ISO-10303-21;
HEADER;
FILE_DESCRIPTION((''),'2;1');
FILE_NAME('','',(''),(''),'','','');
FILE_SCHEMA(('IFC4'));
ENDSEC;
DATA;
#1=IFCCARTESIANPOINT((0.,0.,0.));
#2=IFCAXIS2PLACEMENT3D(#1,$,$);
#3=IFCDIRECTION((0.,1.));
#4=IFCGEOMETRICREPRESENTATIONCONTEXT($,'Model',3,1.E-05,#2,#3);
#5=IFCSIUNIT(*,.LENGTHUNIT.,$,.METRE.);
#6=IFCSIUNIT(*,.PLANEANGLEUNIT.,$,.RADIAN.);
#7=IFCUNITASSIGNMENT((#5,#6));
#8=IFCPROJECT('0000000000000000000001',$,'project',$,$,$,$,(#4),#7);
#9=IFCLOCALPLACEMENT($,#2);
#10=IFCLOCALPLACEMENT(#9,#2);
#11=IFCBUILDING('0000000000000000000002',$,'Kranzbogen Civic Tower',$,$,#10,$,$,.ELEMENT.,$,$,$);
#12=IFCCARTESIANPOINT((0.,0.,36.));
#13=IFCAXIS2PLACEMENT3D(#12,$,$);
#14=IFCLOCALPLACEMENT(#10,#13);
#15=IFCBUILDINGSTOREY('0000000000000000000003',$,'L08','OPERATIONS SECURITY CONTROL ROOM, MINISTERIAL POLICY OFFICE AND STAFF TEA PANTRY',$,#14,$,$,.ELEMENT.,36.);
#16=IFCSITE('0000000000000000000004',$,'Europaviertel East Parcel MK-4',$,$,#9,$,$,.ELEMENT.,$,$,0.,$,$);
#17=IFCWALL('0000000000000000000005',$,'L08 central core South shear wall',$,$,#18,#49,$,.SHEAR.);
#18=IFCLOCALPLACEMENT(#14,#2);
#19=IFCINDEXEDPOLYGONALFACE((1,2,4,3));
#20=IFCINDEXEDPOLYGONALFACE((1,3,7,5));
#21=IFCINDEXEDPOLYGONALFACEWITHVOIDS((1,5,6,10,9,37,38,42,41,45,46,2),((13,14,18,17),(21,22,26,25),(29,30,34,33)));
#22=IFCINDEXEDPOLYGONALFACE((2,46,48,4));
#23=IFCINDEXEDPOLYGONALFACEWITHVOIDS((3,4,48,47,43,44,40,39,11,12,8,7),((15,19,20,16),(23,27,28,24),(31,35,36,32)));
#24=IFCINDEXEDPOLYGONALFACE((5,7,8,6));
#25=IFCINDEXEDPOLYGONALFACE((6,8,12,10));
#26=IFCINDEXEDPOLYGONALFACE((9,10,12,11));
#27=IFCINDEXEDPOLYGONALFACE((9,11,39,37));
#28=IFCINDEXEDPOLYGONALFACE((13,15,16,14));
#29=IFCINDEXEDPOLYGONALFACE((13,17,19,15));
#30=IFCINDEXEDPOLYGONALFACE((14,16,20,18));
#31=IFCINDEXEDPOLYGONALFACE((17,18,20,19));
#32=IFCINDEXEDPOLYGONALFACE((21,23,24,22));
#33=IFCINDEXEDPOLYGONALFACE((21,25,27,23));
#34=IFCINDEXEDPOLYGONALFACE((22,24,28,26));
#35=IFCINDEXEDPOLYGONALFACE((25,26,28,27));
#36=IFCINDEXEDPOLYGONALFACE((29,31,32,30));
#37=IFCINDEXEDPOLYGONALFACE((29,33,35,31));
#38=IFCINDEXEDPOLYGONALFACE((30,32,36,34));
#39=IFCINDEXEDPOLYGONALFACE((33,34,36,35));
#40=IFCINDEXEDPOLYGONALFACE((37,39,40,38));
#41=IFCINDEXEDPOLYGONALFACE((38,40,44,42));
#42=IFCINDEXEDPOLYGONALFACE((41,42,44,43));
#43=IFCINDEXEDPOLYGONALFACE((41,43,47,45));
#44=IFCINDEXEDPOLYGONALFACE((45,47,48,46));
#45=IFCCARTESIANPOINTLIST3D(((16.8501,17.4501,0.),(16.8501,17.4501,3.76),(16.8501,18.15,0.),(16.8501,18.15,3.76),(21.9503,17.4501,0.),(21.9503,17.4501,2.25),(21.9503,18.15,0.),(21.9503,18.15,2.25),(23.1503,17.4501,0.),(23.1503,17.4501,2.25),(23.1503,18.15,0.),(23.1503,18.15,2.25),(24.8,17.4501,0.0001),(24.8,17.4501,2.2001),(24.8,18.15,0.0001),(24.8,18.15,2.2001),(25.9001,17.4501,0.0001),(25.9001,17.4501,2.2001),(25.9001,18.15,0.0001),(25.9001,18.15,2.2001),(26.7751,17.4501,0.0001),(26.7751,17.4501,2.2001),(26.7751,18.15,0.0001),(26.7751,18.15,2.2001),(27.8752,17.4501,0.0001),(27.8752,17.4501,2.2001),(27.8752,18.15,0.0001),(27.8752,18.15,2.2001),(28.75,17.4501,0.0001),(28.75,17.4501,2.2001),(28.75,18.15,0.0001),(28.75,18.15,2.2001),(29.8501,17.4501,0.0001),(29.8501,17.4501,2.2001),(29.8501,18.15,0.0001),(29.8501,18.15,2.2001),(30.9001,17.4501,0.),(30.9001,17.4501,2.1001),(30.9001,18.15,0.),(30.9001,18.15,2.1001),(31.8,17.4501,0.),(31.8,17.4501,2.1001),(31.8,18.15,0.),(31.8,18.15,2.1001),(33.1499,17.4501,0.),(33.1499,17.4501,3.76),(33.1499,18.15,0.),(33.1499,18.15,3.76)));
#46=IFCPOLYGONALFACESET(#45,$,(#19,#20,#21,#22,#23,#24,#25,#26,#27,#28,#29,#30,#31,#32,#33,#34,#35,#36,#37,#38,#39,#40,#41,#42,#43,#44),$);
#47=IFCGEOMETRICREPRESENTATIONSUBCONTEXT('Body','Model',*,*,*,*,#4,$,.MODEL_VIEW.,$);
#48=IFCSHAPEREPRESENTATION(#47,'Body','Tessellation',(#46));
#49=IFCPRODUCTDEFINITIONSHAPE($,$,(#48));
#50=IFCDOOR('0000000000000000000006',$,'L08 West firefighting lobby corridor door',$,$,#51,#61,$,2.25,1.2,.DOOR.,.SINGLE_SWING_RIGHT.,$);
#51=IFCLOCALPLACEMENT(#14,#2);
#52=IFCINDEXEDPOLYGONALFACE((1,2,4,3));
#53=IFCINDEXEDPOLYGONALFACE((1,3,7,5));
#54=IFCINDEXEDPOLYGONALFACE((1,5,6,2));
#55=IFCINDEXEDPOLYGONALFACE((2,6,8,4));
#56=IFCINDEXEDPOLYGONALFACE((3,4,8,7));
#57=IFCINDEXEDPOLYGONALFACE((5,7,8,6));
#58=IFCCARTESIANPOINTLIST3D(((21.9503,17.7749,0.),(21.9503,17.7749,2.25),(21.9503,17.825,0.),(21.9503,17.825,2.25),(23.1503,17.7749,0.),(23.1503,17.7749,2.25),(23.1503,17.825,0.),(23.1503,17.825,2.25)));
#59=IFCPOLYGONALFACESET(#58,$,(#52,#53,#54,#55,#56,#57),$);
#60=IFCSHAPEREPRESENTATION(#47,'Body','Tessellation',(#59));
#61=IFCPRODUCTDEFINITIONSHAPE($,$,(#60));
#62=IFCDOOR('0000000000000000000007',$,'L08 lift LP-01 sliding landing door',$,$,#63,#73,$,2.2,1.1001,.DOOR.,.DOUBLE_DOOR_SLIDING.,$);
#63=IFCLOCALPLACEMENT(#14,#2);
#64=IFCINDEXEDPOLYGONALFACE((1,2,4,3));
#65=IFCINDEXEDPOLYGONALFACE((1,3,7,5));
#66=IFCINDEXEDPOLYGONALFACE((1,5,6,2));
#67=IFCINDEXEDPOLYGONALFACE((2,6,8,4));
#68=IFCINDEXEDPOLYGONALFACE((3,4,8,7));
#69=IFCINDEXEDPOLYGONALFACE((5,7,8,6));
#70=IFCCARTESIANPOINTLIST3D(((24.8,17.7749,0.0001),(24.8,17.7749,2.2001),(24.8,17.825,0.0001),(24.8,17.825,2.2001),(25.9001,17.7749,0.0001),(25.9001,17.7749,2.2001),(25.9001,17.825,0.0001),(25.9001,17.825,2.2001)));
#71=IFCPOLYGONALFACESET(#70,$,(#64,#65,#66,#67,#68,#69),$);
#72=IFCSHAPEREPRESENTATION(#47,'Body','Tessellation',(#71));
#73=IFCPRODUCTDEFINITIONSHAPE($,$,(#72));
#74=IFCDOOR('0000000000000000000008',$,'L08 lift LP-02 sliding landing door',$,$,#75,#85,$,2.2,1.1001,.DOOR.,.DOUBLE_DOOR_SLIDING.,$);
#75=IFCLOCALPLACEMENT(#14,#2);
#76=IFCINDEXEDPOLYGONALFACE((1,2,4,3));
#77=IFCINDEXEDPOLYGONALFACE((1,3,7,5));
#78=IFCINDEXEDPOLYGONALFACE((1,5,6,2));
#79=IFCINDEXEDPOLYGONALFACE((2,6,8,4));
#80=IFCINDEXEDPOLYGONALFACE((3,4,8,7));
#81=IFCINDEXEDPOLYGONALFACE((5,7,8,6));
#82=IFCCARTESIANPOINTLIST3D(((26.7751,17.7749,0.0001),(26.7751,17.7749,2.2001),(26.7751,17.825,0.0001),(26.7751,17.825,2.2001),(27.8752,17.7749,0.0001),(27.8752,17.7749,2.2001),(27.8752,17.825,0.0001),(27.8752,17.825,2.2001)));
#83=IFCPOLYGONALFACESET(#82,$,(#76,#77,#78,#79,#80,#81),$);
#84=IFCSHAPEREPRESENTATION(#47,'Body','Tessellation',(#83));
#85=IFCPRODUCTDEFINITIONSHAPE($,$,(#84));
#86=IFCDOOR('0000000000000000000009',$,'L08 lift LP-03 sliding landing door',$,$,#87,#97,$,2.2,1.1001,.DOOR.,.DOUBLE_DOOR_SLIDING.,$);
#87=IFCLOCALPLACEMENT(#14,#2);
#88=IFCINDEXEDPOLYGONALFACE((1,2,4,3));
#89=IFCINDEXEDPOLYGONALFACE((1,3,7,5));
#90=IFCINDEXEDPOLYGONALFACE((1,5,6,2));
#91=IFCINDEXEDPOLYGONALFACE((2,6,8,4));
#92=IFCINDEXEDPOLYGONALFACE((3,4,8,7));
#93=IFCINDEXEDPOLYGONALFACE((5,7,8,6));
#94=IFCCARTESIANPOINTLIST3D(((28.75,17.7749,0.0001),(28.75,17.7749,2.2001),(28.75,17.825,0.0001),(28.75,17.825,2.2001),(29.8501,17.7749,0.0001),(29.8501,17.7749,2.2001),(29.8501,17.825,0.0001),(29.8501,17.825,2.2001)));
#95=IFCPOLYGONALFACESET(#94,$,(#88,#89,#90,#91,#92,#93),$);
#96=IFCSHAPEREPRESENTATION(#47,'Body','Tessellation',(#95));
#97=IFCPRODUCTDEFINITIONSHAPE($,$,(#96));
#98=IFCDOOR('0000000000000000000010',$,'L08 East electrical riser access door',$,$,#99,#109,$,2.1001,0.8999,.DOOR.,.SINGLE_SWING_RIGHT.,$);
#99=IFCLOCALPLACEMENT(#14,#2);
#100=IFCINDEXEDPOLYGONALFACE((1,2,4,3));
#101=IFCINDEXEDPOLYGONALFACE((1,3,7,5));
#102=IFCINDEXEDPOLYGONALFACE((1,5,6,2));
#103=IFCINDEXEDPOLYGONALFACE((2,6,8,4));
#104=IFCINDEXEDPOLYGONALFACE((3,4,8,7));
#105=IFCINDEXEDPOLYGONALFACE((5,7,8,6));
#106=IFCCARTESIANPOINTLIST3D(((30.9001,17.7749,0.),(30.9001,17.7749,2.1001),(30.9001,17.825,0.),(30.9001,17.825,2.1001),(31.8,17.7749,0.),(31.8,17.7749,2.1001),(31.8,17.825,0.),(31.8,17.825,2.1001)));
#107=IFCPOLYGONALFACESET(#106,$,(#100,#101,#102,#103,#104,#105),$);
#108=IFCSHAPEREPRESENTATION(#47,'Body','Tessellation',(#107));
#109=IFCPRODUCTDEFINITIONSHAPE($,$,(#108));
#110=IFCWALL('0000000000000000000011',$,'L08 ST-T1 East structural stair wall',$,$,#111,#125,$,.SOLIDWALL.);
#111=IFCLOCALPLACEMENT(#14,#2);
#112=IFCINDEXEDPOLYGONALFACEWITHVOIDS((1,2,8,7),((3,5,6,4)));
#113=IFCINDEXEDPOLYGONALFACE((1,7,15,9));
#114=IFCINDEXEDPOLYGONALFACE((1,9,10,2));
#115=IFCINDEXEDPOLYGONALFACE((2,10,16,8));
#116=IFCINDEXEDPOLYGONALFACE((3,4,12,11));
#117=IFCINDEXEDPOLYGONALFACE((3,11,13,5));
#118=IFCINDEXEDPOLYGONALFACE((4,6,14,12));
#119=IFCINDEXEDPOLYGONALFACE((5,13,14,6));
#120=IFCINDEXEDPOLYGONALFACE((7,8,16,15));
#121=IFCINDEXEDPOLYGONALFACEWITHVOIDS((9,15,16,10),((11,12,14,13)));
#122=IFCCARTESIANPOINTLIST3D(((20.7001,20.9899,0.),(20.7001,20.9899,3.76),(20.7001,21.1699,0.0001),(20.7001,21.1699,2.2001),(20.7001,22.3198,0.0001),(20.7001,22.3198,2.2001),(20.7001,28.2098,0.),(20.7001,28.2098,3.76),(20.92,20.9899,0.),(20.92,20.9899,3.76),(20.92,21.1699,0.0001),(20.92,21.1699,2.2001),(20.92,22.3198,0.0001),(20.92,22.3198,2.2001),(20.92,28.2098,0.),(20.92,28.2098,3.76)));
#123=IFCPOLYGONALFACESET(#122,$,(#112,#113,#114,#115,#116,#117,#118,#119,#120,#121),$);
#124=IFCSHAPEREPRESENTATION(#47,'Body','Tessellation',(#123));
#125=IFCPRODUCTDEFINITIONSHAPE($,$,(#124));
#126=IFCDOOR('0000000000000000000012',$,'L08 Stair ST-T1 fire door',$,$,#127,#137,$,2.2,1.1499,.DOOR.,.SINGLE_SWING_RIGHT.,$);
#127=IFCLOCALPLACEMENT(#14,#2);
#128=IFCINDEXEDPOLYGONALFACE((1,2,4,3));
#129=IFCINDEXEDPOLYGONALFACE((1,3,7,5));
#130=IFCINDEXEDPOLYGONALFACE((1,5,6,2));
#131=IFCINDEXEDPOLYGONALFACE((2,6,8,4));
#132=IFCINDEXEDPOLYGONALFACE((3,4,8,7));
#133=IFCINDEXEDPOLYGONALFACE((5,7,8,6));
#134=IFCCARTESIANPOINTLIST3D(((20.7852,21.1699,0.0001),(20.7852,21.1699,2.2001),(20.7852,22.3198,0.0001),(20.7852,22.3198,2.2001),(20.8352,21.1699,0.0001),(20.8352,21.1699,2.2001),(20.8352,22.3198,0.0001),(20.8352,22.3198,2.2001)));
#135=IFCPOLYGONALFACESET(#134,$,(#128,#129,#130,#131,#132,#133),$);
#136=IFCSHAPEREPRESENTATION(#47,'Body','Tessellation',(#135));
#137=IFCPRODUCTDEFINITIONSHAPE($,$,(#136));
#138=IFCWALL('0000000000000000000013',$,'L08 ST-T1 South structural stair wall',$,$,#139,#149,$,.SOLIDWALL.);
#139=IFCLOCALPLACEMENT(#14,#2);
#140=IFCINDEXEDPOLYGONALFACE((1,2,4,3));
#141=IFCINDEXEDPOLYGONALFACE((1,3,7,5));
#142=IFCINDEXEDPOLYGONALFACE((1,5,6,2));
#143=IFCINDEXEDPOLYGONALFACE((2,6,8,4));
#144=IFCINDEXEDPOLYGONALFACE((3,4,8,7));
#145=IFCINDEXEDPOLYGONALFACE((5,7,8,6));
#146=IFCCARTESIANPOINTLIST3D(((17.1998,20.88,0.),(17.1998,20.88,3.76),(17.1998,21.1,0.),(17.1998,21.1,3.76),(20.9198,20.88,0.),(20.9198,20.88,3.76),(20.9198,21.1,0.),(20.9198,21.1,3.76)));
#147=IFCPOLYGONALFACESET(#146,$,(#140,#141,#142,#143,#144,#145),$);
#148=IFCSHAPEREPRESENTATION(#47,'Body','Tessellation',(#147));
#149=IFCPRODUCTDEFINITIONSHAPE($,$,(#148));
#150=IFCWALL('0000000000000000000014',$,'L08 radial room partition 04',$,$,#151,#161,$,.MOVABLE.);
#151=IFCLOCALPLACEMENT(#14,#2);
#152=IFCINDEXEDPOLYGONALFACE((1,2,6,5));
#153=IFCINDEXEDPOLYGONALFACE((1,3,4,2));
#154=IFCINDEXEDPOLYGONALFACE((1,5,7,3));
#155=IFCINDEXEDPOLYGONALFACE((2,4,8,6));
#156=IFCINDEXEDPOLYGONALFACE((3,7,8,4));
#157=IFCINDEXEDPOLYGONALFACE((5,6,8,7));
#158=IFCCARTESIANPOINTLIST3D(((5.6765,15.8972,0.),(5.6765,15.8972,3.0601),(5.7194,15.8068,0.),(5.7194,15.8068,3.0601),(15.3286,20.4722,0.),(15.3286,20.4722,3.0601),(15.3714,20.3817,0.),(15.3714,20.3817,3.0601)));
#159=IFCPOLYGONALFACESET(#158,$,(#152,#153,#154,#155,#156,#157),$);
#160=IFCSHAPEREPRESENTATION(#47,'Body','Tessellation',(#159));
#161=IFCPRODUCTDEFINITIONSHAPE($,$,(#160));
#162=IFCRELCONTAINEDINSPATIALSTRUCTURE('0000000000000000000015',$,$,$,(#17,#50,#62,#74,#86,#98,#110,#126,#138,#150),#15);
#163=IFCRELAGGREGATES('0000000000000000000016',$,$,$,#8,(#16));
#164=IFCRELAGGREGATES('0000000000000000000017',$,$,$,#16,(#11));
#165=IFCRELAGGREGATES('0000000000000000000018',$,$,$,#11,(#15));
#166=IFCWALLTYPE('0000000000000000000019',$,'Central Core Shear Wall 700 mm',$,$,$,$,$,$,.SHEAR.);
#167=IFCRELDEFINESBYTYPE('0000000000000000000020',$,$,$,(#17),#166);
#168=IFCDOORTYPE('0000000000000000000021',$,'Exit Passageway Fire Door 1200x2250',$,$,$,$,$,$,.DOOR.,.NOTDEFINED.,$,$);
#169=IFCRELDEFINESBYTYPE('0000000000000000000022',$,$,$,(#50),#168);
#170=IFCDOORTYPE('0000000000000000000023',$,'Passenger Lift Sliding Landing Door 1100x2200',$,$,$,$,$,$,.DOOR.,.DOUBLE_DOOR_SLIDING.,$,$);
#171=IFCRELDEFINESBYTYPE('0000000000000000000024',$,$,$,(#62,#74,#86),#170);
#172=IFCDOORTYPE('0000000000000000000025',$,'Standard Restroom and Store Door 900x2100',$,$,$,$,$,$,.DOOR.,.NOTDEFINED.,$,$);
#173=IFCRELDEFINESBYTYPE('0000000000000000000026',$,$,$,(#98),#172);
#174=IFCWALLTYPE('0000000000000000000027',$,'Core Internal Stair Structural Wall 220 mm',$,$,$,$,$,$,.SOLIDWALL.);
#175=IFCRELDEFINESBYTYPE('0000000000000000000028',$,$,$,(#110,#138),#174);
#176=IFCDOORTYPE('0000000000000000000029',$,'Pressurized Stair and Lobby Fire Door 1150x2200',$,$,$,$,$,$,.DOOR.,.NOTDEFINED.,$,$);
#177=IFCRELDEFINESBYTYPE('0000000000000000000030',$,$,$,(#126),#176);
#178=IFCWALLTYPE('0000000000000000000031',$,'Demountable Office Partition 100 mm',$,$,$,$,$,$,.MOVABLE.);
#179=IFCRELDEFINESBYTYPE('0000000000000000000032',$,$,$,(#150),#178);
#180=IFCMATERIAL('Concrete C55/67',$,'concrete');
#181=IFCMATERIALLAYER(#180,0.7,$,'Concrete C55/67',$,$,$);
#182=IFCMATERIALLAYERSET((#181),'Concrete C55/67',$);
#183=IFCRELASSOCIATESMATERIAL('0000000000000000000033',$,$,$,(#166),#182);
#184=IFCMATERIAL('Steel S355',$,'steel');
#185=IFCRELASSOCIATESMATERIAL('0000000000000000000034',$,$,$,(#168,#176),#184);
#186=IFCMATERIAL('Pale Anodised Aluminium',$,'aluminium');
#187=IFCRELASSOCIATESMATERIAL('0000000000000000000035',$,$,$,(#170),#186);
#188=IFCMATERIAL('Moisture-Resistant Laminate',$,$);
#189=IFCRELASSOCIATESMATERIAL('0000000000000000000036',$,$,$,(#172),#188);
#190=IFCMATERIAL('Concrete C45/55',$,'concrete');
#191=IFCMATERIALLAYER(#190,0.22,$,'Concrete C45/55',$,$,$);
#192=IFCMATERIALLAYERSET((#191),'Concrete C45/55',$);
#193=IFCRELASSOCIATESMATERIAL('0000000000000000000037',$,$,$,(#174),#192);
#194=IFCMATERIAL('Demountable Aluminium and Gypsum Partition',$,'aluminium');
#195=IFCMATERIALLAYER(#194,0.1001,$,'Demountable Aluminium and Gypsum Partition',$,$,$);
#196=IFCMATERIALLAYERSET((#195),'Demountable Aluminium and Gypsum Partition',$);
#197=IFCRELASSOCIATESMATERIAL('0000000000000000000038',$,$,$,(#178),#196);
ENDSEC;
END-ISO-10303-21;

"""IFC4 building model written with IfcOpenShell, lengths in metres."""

from ifc_helpers import new_model, si_unit, direction, frame, frame_2d, origin, place, context, subcontext, project, spatial, rectangle, extrude, material, layer, layer_set, type_object, element, fill, save


model = new_model("IFC4")

# Units and contexts
model_context = context("Model", 3, precision=1e-05, world=origin(), true_north=direction((0.0, 1.0)))
body_context = subcontext(model_context, "Body", "Model", "MODEL_VIEW")
ifc_project = project(units=[si_unit("LENGTHUNIT", "METRE"), si_unit("PLANEANGLEUNIT", "RADIAN")], contexts=[model_context])

# Site, building, storey
site_placement = place(None, origin())
site = spatial("IfcSite", under=ifc_project, at=site_placement, Name="Europaviertel East Parcel MK-4", CompositionType="ELEMENT", RefElevation=0.0)
building_placement = place(site_placement, origin())
building = spatial("IfcBuilding", under=site, at=building_placement, Name="Kranzbogen Civic Tower", CompositionType="ELEMENT")
storey_placement = place(building_placement, frame((0.0, 0.0, 36.0)))
storey = spatial("IfcBuildingStorey", under=building, at=storey_placement, Name="L08", Description="OPERATIONS SECURITY CONTROL ROOM, MINISTERIAL POLICY OFFICE AND STAFF TEA PANTRY", CompositionType="ELEMENT", Elevation=36.0)

# Shared definitions
ifc_material_1 = material(Name="Steel S355", Category="steel")

# Wall, openings, doors
ifc_material_2 = material(Name="Concrete C55/67", Category="concrete")
ifc_layer_1 = layer(ifc_material_2, 0.7, Name="Concrete C55/67")
ifc_layer_set_1 = layer_set([ifc_layer_1], Name="Concrete C55/67")
wall_type_1 = type_object("IfcWallType", Name="Central Core Shear Wall 700 mm", PredefinedType="SHEAR", material=ifc_layer_set_1)
wall_1_placement = place(storey_placement, frame((16.8501, 17.8, 0.0), z_axis=(0.0, 0.0, 1.0), x_axis=(1.0, 0.0, 0.0)))
wall_1 = element("IfcWall", 1, at=wall_1_placement, inside=storey, type_object=wall_type_1, Name="L08 central core South shear wall", PredefinedType="SHEAR", context=body_context, shape_type="SweptSolid", body=[
    extrude(rectangle(XDim=16.2998, YDim=0.7, at=frame_2d((8.1499, 0.0))), origin(), (0.0, 0.0, 1.0), 3.76),
])
opening_1_placement = place(wall_1_placement, frame((5.1001, 0.0, 0.0)))
opening_1 = element("IfcOpeningElement", 2, at=opening_1_placement, cuts=wall_1, PredefinedType="OPENING", context=body_context, shape_type="SweptSolid", body=[
    extrude(rectangle(XDim=1.2, YDim=2.25, at=frame_2d((0.6001, 1.125))), frame((0.0, 0.3599, 0.0), z_axis=(0.0, -1.0, 0.0), x_axis=(1.0, 0.0, 0.0)), (0.0, 0.0, 1.0), 0.72),
])
opening_2_placement = place(wall_1_placement, frame((14.05, 0.0, 0.0)))
opening_2 = element("IfcOpeningElement", 3, at=opening_2_placement, cuts=wall_1, PredefinedType="OPENING", context=body_context, shape_type="SweptSolid", body=[
    extrude(rectangle(XDim=0.8999, YDim=2.1001, at=frame_2d((0.45, 1.05))), frame((0.0, 0.3599, 0.0), z_axis=(0.0, -1.0, 0.0), x_axis=(1.0, 0.0, 0.0)), (0.0, 0.0, 1.0), 0.72),
])
opening_3_placement = place(wall_1_placement, frame((7.95, 0.0, 0.0)))
opening_3 = element("IfcOpeningElement", 4, at=opening_3_placement, cuts=wall_1, PredefinedType="OPENING", context=body_context, shape_type="SweptSolid", body=[
    extrude(rectangle(XDim=1.1001, YDim=2.2, at=frame_2d((0.55, 1.1001))), frame((0.0, 0.3599, 0.0), z_axis=(0.0, -1.0, 0.0), x_axis=(1.0, 0.0, 0.0)), (0.0, 0.0, 1.0), 0.72),
])
opening_4_placement = place(wall_1_placement, frame((9.925, 0.0, 0.0)))
opening_4 = element("IfcOpeningElement", 5, at=opening_4_placement, cuts=wall_1, PredefinedType="OPENING", context=body_context, shape_type="SweptSolid", body=[
    extrude(rectangle(XDim=1.1001, YDim=2.2, at=frame_2d((0.55, 1.1001))), frame((0.0, 0.3599, 0.0), z_axis=(0.0, -1.0, 0.0), x_axis=(1.0, 0.0, 0.0)), (0.0, 0.0, 1.0), 0.72),
])
opening_5_placement = place(wall_1_placement, frame((11.8999, 0.0, 0.0)))
opening_5 = element("IfcOpeningElement", 6, at=opening_5_placement, cuts=wall_1, PredefinedType="OPENING", context=body_context, shape_type="SweptSolid", body=[
    extrude(rectangle(XDim=1.1001, YDim=2.2, at=frame_2d((0.55, 1.1001))), frame((0.0, 0.3599, 0.0), z_axis=(0.0, -1.0, 0.0), x_axis=(1.0, 0.0, 0.0)), (0.0, 0.0, 1.0), 0.72),
])
door_type_1 = type_object("IfcDoorType", Name="Exit Passageway Fire Door 1200x2250", OperationType="NOTDEFINED", PredefinedType="DOOR", material=ifc_material_1)
door_1_placement = place(opening_1_placement, origin())
door_1 = element("IfcDoor", 7, at=door_1_placement, inside=storey, type_object=door_type_1, Name="L08 West firefighting lobby corridor door", OperationType="SINGLE_SWING_RIGHT", OverallHeight=2.25, OverallWidth=1.2, PredefinedType="DOOR", context=body_context, shape_type="SweptSolid", body=[
    extrude(rectangle(XDim=1.2, YDim=2.25, at=frame_2d((0.6001, 1.125))), frame((0.0, 0.0249, 0.0), z_axis=(0.0, -1.0, 0.0), x_axis=(1.0, 0.0, 0.0)), (0.0, 0.0, 1.0), 0.05),
])
fill(opening_1, door_1)
ifc_material_3 = material(Name="Pale Anodised Aluminium", Category="aluminium")
door_type_2 = type_object("IfcDoorType", Name="Passenger Lift Sliding Landing Door 1100x2200", OperationType="DOUBLE_DOOR_SLIDING", PredefinedType="DOOR", material=ifc_material_3)
door_2_placement = place(opening_3_placement, origin())
door_2 = element("IfcDoor", 8, at=door_2_placement, inside=storey, type_object=door_type_2, Name="L08 lift LP-01 sliding landing door", OperationType="DOUBLE_DOOR_SLIDING", OverallHeight=2.2, OverallWidth=1.1001, PredefinedType="DOOR", context=body_context, shape_type="SweptSolid", body=[
    extrude(rectangle(XDim=1.1001, YDim=2.2, at=frame_2d((0.55, 1.1001))), frame((0.0, 0.0249, 0.0), z_axis=(0.0, -1.0, 0.0), x_axis=(1.0, 0.0, 0.0)), (0.0, 0.0, 1.0), 0.05),
])
fill(opening_3, door_2)
door_3_placement = place(opening_4_placement, origin())
door_3 = element("IfcDoor", 9, at=door_3_placement, inside=storey, type_object=door_type_2, Name="L08 lift LP-02 sliding landing door", OperationType="DOUBLE_DOOR_SLIDING", OverallHeight=2.2, OverallWidth=1.1001, PredefinedType="DOOR", context=body_context, shape_type="SweptSolid", body=[
    extrude(rectangle(XDim=1.1001, YDim=2.2, at=frame_2d((0.55, 1.1001))), frame((0.0, 0.0249, 0.0), z_axis=(0.0, -1.0, 0.0), x_axis=(1.0, 0.0, 0.0)), (0.0, 0.0, 1.0), 0.05),
])
fill(opening_4, door_3)
door_4_placement = place(opening_5_placement, origin())
door_4 = element("IfcDoor", 10, at=door_4_placement, inside=storey, type_object=door_type_2, Name="L08 lift LP-03 sliding landing door", OperationType="DOUBLE_DOOR_SLIDING", OverallHeight=2.2, OverallWidth=1.1001, PredefinedType="DOOR", context=body_context, shape_type="SweptSolid", body=[
    extrude(rectangle(XDim=1.1001, YDim=2.2, at=frame_2d((0.55, 1.1001))), frame((0.0, 0.0249, 0.0), z_axis=(0.0, -1.0, 0.0), x_axis=(1.0, 0.0, 0.0)), (0.0, 0.0, 1.0), 0.05),
])
fill(opening_5, door_4)
ifc_material_4 = material(Name="Moisture-Resistant Laminate")
door_type_3 = type_object("IfcDoorType", Name="Standard Restroom and Store Door 900x2100", OperationType="NOTDEFINED", PredefinedType="DOOR", material=ifc_material_4)
door_5_placement = place(opening_2_placement, origin())
door_5 = element("IfcDoor", 11, at=door_5_placement, inside=storey, type_object=door_type_3, Name="L08 East electrical riser access door", OperationType="SINGLE_SWING_RIGHT", OverallHeight=2.1001, OverallWidth=0.8999, PredefinedType="DOOR", context=body_context, shape_type="SweptSolid", body=[
    extrude(rectangle(XDim=0.8999, YDim=2.1001, at=frame_2d((0.45, 1.05))), frame((0.0, 0.0249, 0.0), z_axis=(0.0, -1.0, 0.0), x_axis=(1.0, 0.0, 0.0)), (0.0, 0.0, 1.0), 0.05),
])
fill(opening_2, door_5)

# Wall, opening, door
ifc_material_5 = material(Name="Concrete C45/55", Category="concrete")
ifc_layer_2 = layer(ifc_material_5, 0.22, Name="Concrete C45/55")
ifc_layer_set_2 = layer_set([ifc_layer_2], Name="Concrete C45/55")
wall_type_2 = type_object("IfcWallType", Name="Core Internal Stair Structural Wall 220 mm", PredefinedType="SOLIDWALL", material=ifc_layer_set_2)
wall_2_placement = place(storey_placement, frame((20.8101, 20.99, 0.0), z_axis=(0.0, 0.0, 1.0), x_axis=(0.0, 1.0, 0.0)))
wall_2 = element("IfcWall", 12, at=wall_2_placement, inside=storey, type_object=wall_type_2, Name="L08 ST-T1 East structural stair wall", PredefinedType="SOLIDWALL", context=body_context, shape_type="SweptSolid", body=[
    extrude(rectangle(XDim=7.22, YDim=0.22, at=frame_2d((3.6099, 0.0))), origin(), (0.0, 0.0, 1.0), 3.76),
])
opening_6_placement = place(wall_2_placement, frame((0.1799, 0.0, 0.0)))
opening_6 = element("IfcOpeningElement", 13, at=opening_6_placement, cuts=wall_2, PredefinedType="OPENING", context=body_context, shape_type="SweptSolid", body=[
    extrude(rectangle(XDim=1.1499, YDim=2.2, at=frame_2d((0.575, 1.1001))), frame((0.0, 0.1201, 0.0), z_axis=(0.0, -1.0, 0.0), x_axis=(1.0, 0.0, 0.0)), (0.0, 0.0, 1.0), 0.24),
])
door_type_4 = type_object("IfcDoorType", Name="Pressurized Stair and Lobby Fire Door 1150x2200", OperationType="NOTDEFINED", PredefinedType="DOOR", material=ifc_material_1)
door_6_placement = place(opening_6_placement, origin())
door_6 = element("IfcDoor", 14, at=door_6_placement, inside=storey, type_object=door_type_4, Name="L08 Stair ST-T1 fire door", OperationType="SINGLE_SWING_RIGHT", OverallHeight=2.2, OverallWidth=1.1499, PredefinedType="DOOR", context=body_context, shape_type="SweptSolid", body=[
    extrude(rectangle(XDim=1.1499, YDim=2.2, at=frame_2d((0.575, 1.1001))), frame((0.0, 0.0249, 0.0), z_axis=(0.0, -1.0, 0.0), x_axis=(1.0, 0.0, 0.0)), (0.0, 0.0, 1.0), 0.05),
])
fill(opening_6, door_6)

# Walls
wall_3_placement = place(storey_placement, frame((17.2, 20.99, 0.0), z_axis=(0.0, 0.0, 1.0), x_axis=(1.0, 0.0, 0.0)))
element("IfcWall", 15, at=wall_3_placement, inside=storey, type_object=wall_type_2, Name="L08 ST-T1 South structural stair wall", PredefinedType="SOLIDWALL", context=body_context, shape_type="SweptSolid", body=[
    extrude(rectangle(XDim=3.72, YDim=0.22, at=frame_2d((1.8599, 0.0))), origin(), (0.0, 0.0, 1.0), 3.76),
])
ifc_material_6 = material(Name="Demountable Aluminium and Gypsum Partition", Category="aluminium")
ifc_layer_3 = layer(ifc_material_6, 0.1001, Name="Demountable Aluminium and Gypsum Partition")
ifc_layer_set_3 = layer_set([ifc_layer_3], Name="Demountable Aluminium and Gypsum Partition")
wall_type_3 = type_object("IfcWallType", Name="Demountable Office Partition 100 mm", PredefinedType="MOVABLE", material=ifc_layer_set_3)
wall_4_placement = place(storey_placement, frame((15.3501, 20.427, 0.0), z_axis=(0.0, 0.0, 1.0), x_axis=(-0.903633, -0.428308, 0.0)))
element("IfcWall", 16, at=wall_4_placement, inside=storey, type_object=wall_type_3, Name="L08 radial room partition 04", PredefinedType="MOVABLE", context=body_context, shape_type="SweptSolid", body=[
    extrude(rectangle(XDim=10.6814, YDim=0.1001, at=frame_2d((5.3408, 0.0))), origin(), (0.0, 0.0, 1.0), 3.0601),
])

save(model, "model.ifc")
